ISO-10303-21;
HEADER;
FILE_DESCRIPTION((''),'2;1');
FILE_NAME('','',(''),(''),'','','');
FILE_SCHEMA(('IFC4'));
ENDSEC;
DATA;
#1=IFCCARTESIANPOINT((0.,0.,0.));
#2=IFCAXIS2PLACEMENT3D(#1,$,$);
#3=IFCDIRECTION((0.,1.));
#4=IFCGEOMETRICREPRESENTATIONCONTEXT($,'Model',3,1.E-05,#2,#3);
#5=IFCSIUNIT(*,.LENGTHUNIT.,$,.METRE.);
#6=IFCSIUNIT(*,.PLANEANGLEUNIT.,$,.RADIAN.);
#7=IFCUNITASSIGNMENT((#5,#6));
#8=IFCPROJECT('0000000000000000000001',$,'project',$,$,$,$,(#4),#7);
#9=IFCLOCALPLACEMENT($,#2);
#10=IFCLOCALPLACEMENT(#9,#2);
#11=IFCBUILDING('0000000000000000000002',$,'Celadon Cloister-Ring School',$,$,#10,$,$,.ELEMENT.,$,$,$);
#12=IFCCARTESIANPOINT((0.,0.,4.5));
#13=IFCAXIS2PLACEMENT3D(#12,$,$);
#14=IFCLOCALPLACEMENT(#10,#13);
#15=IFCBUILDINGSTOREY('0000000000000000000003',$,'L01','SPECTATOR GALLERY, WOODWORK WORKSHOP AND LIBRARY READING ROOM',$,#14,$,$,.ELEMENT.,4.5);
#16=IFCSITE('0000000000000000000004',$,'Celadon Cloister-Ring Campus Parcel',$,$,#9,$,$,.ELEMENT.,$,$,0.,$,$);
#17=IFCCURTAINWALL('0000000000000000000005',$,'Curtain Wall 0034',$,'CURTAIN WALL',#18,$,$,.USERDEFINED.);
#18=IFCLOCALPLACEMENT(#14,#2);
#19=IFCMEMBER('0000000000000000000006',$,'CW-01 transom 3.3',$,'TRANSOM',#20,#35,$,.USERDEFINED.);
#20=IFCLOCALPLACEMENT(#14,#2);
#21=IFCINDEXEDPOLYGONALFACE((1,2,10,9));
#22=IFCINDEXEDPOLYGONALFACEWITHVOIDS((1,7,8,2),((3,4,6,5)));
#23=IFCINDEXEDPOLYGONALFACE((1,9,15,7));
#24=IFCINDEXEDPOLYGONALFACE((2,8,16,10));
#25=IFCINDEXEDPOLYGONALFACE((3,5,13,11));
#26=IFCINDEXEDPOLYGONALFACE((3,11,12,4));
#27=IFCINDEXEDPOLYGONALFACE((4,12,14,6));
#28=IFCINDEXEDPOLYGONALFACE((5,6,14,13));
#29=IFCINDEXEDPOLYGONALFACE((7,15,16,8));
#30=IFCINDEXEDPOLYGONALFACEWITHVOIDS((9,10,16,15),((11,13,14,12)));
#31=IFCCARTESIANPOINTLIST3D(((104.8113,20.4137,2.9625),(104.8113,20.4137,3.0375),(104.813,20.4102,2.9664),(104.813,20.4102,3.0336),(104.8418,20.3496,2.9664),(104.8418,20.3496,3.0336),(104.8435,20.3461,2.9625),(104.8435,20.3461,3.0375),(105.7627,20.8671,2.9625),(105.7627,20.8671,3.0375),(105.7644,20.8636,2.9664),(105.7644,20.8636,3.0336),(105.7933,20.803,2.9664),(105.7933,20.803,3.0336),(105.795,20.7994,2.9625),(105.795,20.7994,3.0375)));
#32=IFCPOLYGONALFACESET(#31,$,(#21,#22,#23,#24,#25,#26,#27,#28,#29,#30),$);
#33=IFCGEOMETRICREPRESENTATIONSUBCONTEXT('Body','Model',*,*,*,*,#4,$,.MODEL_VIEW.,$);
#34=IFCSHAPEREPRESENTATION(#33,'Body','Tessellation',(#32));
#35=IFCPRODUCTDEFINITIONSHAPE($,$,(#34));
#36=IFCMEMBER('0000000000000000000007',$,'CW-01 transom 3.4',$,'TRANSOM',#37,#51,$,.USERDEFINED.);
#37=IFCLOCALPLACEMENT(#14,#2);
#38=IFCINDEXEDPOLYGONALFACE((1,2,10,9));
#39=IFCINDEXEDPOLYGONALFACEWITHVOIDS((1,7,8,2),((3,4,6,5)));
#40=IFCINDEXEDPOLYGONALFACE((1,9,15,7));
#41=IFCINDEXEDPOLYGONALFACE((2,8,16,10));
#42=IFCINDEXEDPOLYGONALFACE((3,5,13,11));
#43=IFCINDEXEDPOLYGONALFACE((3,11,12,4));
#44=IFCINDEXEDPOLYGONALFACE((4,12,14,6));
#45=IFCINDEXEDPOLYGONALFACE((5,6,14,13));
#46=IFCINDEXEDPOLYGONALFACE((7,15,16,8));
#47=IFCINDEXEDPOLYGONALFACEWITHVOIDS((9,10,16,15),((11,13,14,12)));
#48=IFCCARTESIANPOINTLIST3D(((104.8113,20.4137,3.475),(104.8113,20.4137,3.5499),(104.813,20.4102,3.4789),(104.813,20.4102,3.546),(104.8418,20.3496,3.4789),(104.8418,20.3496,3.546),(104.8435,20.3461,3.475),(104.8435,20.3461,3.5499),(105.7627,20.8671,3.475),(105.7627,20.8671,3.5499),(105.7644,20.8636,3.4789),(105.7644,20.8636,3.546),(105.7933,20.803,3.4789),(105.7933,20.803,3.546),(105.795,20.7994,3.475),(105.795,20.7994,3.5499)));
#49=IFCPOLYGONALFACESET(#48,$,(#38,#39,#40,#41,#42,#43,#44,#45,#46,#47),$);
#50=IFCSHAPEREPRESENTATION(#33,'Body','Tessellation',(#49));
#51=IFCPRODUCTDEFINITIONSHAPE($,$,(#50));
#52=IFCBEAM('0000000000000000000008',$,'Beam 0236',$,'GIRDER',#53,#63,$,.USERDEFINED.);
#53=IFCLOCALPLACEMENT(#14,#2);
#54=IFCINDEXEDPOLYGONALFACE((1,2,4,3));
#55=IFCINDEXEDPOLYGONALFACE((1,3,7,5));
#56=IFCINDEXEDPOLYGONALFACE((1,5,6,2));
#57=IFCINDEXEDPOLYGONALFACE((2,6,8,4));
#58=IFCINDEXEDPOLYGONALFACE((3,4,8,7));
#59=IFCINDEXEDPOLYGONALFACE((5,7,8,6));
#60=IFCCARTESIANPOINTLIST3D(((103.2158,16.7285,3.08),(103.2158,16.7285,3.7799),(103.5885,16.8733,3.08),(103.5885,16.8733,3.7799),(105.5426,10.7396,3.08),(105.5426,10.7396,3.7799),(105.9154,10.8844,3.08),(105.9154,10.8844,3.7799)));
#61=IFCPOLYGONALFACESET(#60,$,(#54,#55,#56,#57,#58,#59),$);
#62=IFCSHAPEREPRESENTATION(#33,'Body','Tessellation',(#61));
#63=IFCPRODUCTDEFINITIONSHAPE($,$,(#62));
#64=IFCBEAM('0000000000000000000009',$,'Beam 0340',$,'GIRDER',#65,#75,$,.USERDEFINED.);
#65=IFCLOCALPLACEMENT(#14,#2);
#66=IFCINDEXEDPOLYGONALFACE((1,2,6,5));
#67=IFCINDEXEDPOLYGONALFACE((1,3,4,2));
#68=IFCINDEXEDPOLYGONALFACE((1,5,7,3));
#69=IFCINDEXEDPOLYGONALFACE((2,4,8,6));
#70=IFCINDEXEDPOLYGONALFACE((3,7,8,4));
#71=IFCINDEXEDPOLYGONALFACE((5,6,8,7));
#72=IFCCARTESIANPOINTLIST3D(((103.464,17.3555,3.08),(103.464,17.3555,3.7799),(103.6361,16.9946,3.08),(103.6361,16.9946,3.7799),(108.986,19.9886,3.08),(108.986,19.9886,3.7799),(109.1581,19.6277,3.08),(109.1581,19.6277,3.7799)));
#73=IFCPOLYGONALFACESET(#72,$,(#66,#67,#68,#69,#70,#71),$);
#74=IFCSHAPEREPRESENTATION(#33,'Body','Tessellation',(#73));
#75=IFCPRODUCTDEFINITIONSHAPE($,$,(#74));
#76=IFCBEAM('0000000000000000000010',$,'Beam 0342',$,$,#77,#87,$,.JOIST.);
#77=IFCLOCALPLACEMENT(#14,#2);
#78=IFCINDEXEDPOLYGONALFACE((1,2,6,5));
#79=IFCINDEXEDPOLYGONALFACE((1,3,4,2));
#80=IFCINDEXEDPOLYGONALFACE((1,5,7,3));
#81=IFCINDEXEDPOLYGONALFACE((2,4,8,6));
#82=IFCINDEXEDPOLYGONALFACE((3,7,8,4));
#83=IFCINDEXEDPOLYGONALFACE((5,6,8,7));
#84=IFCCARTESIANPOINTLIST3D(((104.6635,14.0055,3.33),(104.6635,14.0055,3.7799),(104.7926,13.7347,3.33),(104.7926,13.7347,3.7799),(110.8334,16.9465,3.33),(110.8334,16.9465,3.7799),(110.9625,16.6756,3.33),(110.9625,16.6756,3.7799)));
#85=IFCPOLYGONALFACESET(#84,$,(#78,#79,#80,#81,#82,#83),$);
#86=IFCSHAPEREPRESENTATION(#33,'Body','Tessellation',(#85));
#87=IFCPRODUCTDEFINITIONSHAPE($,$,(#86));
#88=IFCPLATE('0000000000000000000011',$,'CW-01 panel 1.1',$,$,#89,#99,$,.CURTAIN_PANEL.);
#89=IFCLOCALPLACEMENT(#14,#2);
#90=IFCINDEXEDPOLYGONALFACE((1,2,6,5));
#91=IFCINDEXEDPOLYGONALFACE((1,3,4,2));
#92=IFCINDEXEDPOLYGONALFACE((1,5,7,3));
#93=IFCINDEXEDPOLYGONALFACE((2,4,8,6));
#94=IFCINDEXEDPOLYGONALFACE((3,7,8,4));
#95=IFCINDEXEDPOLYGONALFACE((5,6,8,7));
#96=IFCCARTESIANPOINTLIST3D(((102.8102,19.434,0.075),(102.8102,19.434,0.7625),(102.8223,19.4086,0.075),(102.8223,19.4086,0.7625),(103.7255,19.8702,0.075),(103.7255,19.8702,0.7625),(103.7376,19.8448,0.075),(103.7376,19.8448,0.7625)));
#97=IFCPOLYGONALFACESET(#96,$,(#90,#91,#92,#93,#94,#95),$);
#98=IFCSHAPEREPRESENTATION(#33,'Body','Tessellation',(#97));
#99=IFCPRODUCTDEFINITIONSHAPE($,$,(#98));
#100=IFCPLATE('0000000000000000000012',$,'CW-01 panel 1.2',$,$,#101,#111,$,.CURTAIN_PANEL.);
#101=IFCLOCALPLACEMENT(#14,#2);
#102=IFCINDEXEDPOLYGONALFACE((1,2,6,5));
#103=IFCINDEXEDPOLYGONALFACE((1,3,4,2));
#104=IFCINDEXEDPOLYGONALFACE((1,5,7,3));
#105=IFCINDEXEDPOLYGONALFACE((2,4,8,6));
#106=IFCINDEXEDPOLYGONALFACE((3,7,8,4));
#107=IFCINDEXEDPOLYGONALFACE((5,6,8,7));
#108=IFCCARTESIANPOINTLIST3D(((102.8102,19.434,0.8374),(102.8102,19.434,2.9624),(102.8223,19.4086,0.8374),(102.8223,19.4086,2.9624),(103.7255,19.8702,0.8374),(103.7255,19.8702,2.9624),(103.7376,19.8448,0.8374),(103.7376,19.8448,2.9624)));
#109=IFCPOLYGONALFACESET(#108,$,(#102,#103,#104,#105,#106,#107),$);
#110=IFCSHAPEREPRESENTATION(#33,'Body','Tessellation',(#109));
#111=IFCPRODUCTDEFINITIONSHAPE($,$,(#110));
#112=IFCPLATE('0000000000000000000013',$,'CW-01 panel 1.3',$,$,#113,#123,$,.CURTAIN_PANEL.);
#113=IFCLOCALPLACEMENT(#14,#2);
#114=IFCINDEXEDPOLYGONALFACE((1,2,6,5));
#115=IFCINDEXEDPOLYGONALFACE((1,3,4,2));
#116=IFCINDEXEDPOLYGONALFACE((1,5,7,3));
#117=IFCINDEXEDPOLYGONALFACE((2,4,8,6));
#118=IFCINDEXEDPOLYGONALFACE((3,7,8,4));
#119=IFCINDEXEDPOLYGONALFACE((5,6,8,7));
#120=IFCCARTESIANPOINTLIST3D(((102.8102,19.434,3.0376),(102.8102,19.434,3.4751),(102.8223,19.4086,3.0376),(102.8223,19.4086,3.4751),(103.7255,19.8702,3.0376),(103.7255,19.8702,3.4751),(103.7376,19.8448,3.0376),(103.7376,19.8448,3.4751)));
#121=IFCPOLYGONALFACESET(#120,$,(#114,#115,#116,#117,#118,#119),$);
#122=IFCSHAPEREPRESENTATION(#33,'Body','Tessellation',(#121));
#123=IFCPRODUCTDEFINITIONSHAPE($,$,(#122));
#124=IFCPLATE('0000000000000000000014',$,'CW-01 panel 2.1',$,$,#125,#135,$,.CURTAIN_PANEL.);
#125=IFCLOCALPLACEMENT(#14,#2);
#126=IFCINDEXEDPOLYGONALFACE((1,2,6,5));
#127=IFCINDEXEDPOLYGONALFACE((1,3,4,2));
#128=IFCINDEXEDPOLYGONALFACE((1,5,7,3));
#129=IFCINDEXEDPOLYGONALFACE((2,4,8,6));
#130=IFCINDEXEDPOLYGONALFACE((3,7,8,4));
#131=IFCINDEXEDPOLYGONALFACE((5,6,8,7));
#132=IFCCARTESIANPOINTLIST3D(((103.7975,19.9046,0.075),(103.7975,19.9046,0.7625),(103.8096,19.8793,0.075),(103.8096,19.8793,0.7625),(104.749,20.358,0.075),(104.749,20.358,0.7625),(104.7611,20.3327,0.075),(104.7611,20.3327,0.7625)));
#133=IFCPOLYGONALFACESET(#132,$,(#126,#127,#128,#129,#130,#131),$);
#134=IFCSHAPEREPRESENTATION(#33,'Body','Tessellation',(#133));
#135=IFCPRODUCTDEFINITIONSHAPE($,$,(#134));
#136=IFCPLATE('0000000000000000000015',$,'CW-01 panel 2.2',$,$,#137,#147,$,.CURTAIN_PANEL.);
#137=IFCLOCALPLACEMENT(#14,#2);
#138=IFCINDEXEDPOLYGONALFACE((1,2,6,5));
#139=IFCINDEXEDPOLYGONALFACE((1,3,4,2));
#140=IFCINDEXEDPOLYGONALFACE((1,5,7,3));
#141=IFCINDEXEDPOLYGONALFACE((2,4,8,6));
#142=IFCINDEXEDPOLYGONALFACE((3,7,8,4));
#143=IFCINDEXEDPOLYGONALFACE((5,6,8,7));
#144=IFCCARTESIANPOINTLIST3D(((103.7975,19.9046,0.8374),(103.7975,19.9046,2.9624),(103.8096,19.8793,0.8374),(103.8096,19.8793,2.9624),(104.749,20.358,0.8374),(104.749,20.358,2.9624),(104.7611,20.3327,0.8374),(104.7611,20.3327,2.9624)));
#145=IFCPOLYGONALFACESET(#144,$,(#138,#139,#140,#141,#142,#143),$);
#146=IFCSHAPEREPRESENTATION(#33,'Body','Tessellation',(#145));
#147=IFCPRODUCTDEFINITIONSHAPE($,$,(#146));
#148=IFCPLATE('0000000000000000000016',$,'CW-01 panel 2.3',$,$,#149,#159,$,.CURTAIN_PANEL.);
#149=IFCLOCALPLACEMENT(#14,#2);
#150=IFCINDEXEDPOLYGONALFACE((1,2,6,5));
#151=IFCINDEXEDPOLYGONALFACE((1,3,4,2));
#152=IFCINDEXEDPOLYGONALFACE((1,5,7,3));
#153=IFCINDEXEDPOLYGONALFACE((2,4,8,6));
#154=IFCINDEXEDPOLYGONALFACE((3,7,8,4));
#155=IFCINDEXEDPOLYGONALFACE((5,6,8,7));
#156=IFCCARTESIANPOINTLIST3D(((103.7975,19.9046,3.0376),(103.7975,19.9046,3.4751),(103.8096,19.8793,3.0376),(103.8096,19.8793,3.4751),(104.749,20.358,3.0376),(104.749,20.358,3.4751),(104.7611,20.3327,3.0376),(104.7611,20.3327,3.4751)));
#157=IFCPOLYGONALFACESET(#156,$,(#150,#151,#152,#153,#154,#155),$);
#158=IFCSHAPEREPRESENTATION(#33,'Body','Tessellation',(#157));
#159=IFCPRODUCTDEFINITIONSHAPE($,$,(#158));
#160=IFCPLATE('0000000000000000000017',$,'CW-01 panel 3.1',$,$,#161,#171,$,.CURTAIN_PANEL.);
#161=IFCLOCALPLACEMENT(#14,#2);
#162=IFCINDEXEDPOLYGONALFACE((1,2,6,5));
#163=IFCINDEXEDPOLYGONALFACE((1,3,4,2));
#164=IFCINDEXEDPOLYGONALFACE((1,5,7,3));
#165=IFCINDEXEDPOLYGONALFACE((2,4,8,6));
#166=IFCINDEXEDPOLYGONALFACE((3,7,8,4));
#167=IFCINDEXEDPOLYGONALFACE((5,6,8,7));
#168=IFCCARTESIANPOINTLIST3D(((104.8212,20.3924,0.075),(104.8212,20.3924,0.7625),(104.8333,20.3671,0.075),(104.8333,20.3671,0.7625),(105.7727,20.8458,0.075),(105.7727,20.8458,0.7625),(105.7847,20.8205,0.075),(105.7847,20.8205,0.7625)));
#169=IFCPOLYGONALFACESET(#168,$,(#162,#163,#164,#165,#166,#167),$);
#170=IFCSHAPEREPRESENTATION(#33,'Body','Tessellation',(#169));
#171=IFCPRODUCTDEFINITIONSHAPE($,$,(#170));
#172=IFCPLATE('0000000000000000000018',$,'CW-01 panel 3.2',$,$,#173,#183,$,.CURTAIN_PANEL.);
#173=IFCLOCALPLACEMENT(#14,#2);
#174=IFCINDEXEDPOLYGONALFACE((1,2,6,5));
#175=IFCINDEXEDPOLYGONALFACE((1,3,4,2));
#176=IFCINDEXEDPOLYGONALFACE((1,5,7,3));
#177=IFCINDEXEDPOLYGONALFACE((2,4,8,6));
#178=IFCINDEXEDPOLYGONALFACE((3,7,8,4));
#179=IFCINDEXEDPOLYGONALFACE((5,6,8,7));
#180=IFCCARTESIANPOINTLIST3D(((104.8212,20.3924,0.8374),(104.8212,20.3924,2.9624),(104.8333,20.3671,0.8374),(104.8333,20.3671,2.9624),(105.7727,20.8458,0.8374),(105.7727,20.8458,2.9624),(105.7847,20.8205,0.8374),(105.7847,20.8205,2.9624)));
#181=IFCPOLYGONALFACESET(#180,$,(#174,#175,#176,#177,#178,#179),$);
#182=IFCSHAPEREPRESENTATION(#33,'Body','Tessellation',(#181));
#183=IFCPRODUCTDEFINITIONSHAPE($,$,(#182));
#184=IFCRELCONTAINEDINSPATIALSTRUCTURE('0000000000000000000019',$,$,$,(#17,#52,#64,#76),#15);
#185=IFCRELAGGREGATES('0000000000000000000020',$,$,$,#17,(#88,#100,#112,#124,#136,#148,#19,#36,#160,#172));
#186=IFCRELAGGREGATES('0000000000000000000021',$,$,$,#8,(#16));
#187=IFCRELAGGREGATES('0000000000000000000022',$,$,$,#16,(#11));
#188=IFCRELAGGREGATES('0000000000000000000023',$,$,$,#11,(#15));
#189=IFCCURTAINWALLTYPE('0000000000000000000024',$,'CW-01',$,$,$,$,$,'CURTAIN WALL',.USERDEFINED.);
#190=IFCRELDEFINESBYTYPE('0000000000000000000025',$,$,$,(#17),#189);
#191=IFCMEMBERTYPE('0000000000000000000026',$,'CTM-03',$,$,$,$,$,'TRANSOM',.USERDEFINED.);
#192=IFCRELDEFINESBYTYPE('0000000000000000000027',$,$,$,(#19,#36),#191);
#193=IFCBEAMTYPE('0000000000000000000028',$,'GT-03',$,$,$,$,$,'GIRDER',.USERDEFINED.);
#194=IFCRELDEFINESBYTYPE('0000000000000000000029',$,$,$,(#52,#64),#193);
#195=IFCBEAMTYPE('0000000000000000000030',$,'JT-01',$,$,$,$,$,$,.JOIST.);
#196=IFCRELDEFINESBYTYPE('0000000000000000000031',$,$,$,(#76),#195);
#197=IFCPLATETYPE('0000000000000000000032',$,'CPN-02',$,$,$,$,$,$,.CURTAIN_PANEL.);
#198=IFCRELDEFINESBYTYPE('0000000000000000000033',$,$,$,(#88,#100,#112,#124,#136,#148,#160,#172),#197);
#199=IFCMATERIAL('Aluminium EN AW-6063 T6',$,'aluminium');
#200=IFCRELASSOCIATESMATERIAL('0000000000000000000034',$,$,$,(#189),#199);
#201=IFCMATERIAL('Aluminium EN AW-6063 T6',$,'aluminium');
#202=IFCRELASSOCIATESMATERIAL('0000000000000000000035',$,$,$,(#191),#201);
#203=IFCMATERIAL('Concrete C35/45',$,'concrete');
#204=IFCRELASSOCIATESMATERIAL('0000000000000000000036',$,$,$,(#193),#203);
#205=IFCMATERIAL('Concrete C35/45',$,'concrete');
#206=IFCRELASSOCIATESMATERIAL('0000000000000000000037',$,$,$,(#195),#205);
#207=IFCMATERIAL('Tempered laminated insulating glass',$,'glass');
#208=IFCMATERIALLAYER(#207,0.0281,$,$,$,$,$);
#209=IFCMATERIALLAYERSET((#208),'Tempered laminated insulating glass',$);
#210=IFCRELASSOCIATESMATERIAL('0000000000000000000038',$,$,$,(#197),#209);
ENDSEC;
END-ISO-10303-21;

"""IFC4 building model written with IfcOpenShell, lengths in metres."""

from ifc_helpers import new_model, si_unit, direction, frame, origin, origin_2d, place, context, subcontext, project, spatial, rectangle, hollow_rectangle, extrude, material, layer, layer_set, material_profile, profile_set, type_object, element, aggregate, save


model = new_model("IFC4")

# Units and contexts
model_context = context("Model", 3, precision=1e-05, world=origin(), true_north=direction((0.0, 1.0)))
body_context = subcontext(model_context, "Body", "Model", "MODEL_VIEW")
ifc_project = project(units=[si_unit("LENGTHUNIT", "METRE"), si_unit("PLANEANGLEUNIT", "RADIAN")], contexts=[model_context])

# Site, building, storey
site_placement = place(None, origin())
site = spatial("IfcSite", under=ifc_project, at=site_placement, Name="Celadon Cloister-Ring Campus Parcel", CompositionType="ELEMENT", RefElevation=0.0)
building_placement = place(site_placement, origin())
building = spatial("IfcBuilding", under=site, at=building_placement, Name="Celadon Cloister-Ring School", CompositionType="ELEMENT")
storey_placement = place(building_placement, frame((0.0, 0.0, 4.5)))
storey = spatial("IfcBuildingStorey", under=building, at=storey_placement, Name="L01", Description="SPECTATOR GALLERY, WOODWORK WORKSHOP AND LIBRARY READING ROOM", CompositionType="ELEMENT", Elevation=4.5)

# Curtain wall, members
ifc_material_1 = material(Name="Aluminium EN AW-6063 T6", Category="aluminium")
curtain_wall_type = type_object("IfcCurtainWallType", Name="CW-01", ElementType="CURTAIN WALL", PredefinedType="USERDEFINED", material=ifc_material_1)
curtain_wall_placement = place(storey_placement, origin())
curtain_wall = element("IfcCurtainWall", 1, at=curtain_wall_placement, inside=storey, type_object=curtain_wall_type, Name="Curtain Wall 0034", ObjectType="CURTAIN WALL", PredefinedType="USERDEFINED")
ifc_material_2 = material(Name="Aluminium EN AW-6063 T6", Category="aluminium")
ifc_material_profile_1 = material_profile(ifc_material_2, hollow_rectangle(XDim=0.075, YDim=0.075, WallThickness=0.0039, at=origin_2d()), Name="RHS75X75X4")
ifc_profile_set_1 = profile_set([ifc_material_profile_1], Name="Aluminium EN AW-6063 T6")
member_type_1 = type_object("IfcMemberType", Name="CTM-03", ElementType="TRANSOM", PredefinedType="USERDEFINED", material=ifc_profile_set_1)
member_1_placement = place(storey_placement, frame((104.8274, 20.3799, 3.0), z_axis=(0.902745, 0.430176, 0.0), x_axis=(-0.430176, 0.902745, 0.0)))
member_1 = element("IfcMember", 2, at=member_1_placement, type_object=member_type_1, Name="CW-01 transom 3.3", ObjectType="TRANSOM", PredefinedType="USERDEFINED", context=body_context, shape_type="SweptSolid", body=[
    extrude(hollow_rectangle(XDim=0.075, YDim=0.075, WallThickness=0.0039, at=origin_2d()), origin(), (0.0, 0.0, 1.0), 1.054),
])
member_2_placement = place(storey_placement, frame((104.8274, 20.3799, 3.5125), z_axis=(0.902745, 0.430176, 0.0), x_axis=(-0.430176, 0.902745, 0.0)))
member_2 = element("IfcMember", 3, at=member_2_placement, type_object=member_type_1, Name="CW-01 transom 3.4", ObjectType="TRANSOM", PredefinedType="USERDEFINED", context=body_context, shape_type="SweptSolid", body=[
    extrude(hollow_rectangle(XDim=0.075, YDim=0.075, WallThickness=0.0039, at=origin_2d()), origin(), (0.0, 0.0, 1.0), 1.054),
])

# Beams
ifc_material_3 = material(Name="Concrete C35/45", Category="concrete")
ifc_material_profile_2 = material_profile(ifc_material_3, rectangle(XDim=0.3999, YDim=0.7, at=origin_2d()), Name="RC400X700")
ifc_profile_set_2 = profile_set([ifc_material_profile_2], Name="Concrete C35/45")
beam_type_1 = type_object("IfcBeamType", Name="GT-03", ElementType="GIRDER", PredefinedType="USERDEFINED", material=ifc_profile_set_2)
beam_1_placement = place(storey_placement, frame((105.729, 10.812, 3.4299), z_axis=(-0.362155, 0.932118, 0.0), x_axis=(-0.932118, -0.362155, 0.0)))
element("IfcBeam", 4, at=beam_1_placement, inside=storey, type_object=beam_type_1, Name="Beam 0236", ObjectType="GIRDER", PredefinedType="USERDEFINED", context=body_context, shape_type="SweptSolid", body=[
    extrude(rectangle(XDim=0.3999, YDim=0.7, at=origin_2d()), origin(), (0.0, 0.0, 1.0), 6.425),
])
beam_2_placement = place(storey_placement, frame((103.55, 17.175, 3.4299), z_axis=(0.902635, 0.430406, 0.0), x_axis=(-0.430406, 0.902635, 0.0)))
element("IfcBeam", 5, at=beam_2_placement, inside=storey, type_object=beam_type_1, Name="Beam 0340", ObjectType="GIRDER", PredefinedType="USERDEFINED", context=body_context, shape_type="SweptSolid", body=[
    extrude(rectangle(XDim=0.3999, YDim=0.7, at=origin_2d()), origin(), (0.0, 0.0, 1.0), 6.1177),
])
ifc_material_4 = material(Name="Concrete C35/45", Category="concrete")
ifc_material_profile_3 = material_profile(ifc_material_4, rectangle(XDim=0.3, YDim=0.45, at=origin_2d()), Name="RC300X450")
ifc_profile_set_3 = profile_set([ifc_material_profile_3], Name="Concrete C35/45")
beam_type_2 = type_object("IfcBeamType", Name="JT-01", PredefinedType="JOIST", material=ifc_profile_set_3)
beam_3_placement = place(storey_placement, frame((104.728, 13.8701, 3.5549), z_axis=(0.902698, 0.430275, 0.0), x_axis=(-0.430275, 0.902698, 0.0)))
element("IfcBeam", 6, at=beam_3_placement, inside=storey, type_object=beam_type_2, Name="Beam 0342", PredefinedType="JOIST", context=body_context, shape_type="SweptSolid", body=[
    extrude(rectangle(XDim=0.3, YDim=0.45, at=origin_2d()), origin(), (0.0, 0.0, 1.0), 6.835),
])

# Plates
ifc_material_5 = material(Name="Tempered laminated insulating glass", Category="glass")
ifc_layer_1 = layer(ifc_material_5, 0.0281)
ifc_layer_set_1 = layer_set([ifc_layer_1], Name="Tempered laminated insulating glass")
plate_type = type_object("IfcPlateType", Name="CPN-02", PredefinedType="CURTAIN_PANEL", material=ifc_layer_set_1)
plate_1_placement = place(storey_placement, frame((103.2739, 19.6394, 0.075), z_axis=(0.0, 0.0, 1.0), x_axis=(0.902733, 0.430201, 0.0)))
plate_1 = element("IfcPlate", 7, at=plate_1_placement, type_object=plate_type, Name="CW-01 panel 1.1", PredefinedType="CURTAIN_PANEL", context=body_context, shape_type="SweptSolid", body=[
    extrude(rectangle(XDim=1.0139, YDim=0.0281, at=origin_2d()), origin(), (0.0, 0.0, 1.0), 0.6875),
])
plate_2_placement = place(storey_placement, frame((103.2739, 19.6394, 0.8374), z_axis=(0.0, 0.0, 1.0), x_axis=(0.902733, 0.430201, 0.0)))
plate_2 = element("IfcPlate", 8, at=plate_2_placement, type_object=plate_type, Name="CW-01 panel 1.2", PredefinedType="CURTAIN_PANEL", context=body_context, shape_type="SweptSolid", body=[
    extrude(rectangle(XDim=1.0139, YDim=0.0281, at=origin_2d()), origin(), (0.0, 0.0, 1.0), 2.125),
])
plate_3_placement = place(storey_placement, frame((103.2739, 19.6394, 3.0376), z_axis=(0.0, 0.0, 1.0), x_axis=(0.902733, 0.430201, 0.0)))
plate_3 = element("IfcPlate", 9, at=plate_3_placement, type_object=plate_type, Name="CW-01 panel 1.3", PredefinedType="CURTAIN_PANEL", context=body_context, shape_type="SweptSolid", body=[
    extrude(rectangle(XDim=1.0139, YDim=0.0281, at=origin_2d()), origin(), (0.0, 0.0, 1.0), 0.4375),
])
plate_4_placement = place(storey_placement, frame((104.2793, 20.1187, 0.075), z_axis=(0.0, 0.0, 1.0), x_axis=(0.902733, 0.430201, 0.0)))
plate_4 = element("IfcPlate", 10, at=plate_4_placement, type_object=plate_type, Name="CW-01 panel 2.1", PredefinedType="CURTAIN_PANEL", context=body_context, shape_type="SweptSolid", body=[
    extrude(rectangle(XDim=1.054, YDim=0.0281, at=origin_2d()), origin(), (0.0, 0.0, 1.0), 0.6875),
])
plate_5_placement = place(storey_placement, frame((104.2793, 20.1187, 0.8374), z_axis=(0.0, 0.0, 1.0), x_axis=(0.902733, 0.430201, 0.0)))
plate_5 = element("IfcPlate", 11, at=plate_5_placement, type_object=plate_type, Name="CW-01 panel 2.2", PredefinedType="CURTAIN_PANEL", context=body_context, shape_type="SweptSolid", body=[
    extrude(rectangle(XDim=1.054, YDim=0.0281, at=origin_2d()), origin(), (0.0, 0.0, 1.0), 2.125),
])
plate_6_placement = place(storey_placement, frame((104.2793, 20.1187, 3.0376), z_axis=(0.0, 0.0, 1.0), x_axis=(0.902733, 0.430201, 0.0)))
plate_6 = element("IfcPlate", 12, at=plate_6_placement, type_object=plate_type, Name="CW-01 panel 2.3", PredefinedType="CURTAIN_PANEL", context=body_context, shape_type="SweptSolid", body=[
    extrude(rectangle(XDim=1.054, YDim=0.0281, at=origin_2d()), origin(), (0.0, 0.0, 1.0), 0.4375),
])
plate_7_placement = place(storey_placement, frame((105.303, 20.6064, 0.075), z_axis=(0.0, 0.0, 1.0), x_axis=(0.902733, 0.430201, 0.0)))
plate_7 = element("IfcPlate", 13, at=plate_7_placement, type_object=plate_type, Name="CW-01 panel 3.1", PredefinedType="CURTAIN_PANEL", context=body_context, shape_type="SweptSolid", body=[
    extrude(rectangle(XDim=1.054, YDim=0.0281, at=origin_2d()), origin(), (0.0, 0.0, 1.0), 0.6875),
])
plate_8_placement = place(storey_placement, frame((105.303, 20.6064, 0.8374), z_axis=(0.0, 0.0, 1.0), x_axis=(0.902733, 0.430201, 0.0)))
plate_8 = element("IfcPlate", 14, at=plate_8_placement, type_object=plate_type, Name="CW-01 panel 3.2", PredefinedType="CURTAIN_PANEL", context=body_context, shape_type="SweptSolid", body=[
    extrude(rectangle(XDim=1.054, YDim=0.0281, at=origin_2d()), origin(), (0.0, 0.0, 1.0), 2.125),
])
aggregate(curtain_wall, [plate_1, plate_2, plate_3, plate_4, plate_5, plate_6, member_1, member_2, plate_7, plate_8])

save(model, "model.ifc")
